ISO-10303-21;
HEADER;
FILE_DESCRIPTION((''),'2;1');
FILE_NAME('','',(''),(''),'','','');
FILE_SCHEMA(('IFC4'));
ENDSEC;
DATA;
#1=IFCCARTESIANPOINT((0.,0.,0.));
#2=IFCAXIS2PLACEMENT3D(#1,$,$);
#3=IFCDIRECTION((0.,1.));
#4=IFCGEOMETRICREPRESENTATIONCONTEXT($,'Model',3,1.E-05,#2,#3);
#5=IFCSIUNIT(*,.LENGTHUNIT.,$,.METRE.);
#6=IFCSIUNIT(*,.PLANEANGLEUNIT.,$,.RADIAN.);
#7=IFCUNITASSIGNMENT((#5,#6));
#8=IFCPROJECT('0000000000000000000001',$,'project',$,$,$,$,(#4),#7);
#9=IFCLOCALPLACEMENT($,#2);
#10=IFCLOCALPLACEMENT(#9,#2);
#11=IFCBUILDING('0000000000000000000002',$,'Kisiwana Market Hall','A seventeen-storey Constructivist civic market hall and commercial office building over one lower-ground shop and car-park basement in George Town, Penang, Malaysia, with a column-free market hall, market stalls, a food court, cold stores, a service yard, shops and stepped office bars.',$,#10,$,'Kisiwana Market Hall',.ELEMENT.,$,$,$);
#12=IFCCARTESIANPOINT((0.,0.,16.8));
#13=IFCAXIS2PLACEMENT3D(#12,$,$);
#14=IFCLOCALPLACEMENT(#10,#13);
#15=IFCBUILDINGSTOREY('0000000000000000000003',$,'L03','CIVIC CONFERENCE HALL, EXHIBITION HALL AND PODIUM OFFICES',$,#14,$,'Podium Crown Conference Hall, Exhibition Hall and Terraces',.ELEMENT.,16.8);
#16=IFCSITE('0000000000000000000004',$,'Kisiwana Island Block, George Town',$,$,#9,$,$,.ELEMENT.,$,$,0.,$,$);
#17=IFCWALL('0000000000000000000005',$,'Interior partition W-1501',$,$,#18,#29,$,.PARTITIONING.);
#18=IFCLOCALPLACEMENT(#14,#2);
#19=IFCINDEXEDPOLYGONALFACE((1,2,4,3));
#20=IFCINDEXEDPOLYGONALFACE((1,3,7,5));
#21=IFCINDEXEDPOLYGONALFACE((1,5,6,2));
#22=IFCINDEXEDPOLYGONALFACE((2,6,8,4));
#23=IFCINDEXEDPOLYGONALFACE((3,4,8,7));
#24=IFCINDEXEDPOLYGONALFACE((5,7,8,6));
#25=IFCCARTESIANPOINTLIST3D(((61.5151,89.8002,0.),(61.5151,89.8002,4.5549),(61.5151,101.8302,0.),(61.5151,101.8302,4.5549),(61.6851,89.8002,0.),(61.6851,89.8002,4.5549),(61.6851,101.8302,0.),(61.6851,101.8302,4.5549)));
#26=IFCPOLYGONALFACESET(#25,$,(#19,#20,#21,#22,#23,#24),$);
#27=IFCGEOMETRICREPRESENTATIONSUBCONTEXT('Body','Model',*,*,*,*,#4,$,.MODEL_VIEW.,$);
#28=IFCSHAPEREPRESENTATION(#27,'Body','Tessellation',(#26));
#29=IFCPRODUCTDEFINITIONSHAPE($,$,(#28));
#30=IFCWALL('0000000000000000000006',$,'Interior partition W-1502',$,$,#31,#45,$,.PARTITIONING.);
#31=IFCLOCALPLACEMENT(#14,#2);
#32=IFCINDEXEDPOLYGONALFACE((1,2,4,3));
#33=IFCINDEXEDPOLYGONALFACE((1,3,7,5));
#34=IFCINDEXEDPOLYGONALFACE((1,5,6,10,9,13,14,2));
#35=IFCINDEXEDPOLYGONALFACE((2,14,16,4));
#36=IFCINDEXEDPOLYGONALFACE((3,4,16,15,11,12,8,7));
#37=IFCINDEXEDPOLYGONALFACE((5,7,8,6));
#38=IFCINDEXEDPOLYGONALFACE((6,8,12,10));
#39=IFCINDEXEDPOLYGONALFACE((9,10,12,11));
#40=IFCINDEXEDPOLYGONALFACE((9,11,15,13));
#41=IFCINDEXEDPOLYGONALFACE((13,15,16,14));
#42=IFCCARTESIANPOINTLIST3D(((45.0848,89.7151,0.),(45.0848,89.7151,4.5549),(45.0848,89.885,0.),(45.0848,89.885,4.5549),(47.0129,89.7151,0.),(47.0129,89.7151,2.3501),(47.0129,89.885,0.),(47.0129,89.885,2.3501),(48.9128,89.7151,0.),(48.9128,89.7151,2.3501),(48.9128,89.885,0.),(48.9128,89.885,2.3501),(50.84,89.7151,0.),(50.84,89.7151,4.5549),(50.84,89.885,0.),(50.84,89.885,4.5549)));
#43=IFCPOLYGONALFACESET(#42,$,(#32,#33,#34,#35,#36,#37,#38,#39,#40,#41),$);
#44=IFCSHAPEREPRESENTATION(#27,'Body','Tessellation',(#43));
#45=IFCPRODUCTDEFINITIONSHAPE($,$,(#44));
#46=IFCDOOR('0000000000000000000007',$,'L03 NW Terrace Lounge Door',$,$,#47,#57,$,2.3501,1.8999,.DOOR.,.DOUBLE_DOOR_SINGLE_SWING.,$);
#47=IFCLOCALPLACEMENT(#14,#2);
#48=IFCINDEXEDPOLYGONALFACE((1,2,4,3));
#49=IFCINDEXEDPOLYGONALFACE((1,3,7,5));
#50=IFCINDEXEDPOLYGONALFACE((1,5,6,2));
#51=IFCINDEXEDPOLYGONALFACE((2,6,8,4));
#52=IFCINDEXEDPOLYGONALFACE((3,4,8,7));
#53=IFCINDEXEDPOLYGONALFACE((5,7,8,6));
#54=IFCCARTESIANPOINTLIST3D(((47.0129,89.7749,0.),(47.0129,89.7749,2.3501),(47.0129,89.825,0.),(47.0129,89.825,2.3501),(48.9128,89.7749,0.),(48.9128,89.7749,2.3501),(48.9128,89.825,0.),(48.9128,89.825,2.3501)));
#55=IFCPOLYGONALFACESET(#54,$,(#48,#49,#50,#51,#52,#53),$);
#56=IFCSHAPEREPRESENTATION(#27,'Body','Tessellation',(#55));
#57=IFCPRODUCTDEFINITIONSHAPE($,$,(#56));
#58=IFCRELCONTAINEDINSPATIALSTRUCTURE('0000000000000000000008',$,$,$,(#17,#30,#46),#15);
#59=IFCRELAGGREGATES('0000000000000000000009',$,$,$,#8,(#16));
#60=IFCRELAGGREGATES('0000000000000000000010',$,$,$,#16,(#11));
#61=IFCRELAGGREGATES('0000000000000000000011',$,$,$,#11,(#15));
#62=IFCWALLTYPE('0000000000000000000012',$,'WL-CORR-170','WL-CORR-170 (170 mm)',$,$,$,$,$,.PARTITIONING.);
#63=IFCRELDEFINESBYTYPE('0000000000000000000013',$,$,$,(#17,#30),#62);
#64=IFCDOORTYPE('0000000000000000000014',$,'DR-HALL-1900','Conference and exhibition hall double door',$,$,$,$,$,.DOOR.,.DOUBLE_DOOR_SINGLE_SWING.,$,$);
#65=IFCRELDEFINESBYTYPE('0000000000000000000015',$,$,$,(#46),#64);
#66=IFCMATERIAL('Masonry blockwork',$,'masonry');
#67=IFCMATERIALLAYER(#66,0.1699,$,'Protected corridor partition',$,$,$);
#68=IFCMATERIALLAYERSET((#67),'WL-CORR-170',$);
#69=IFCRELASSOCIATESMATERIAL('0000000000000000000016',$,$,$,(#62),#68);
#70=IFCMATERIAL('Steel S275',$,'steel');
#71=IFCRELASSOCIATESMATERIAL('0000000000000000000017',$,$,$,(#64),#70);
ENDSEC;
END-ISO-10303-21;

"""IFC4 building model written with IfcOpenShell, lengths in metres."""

from ifc_helpers import new_model, si_unit, direction, frame, frame_2d, origin, place, context, subcontext, project, spatial, rectangle, extrude, material, layer, layer_set, type_object, element, fill, save


model = new_model("IFC4")

# Units and contexts
model_context = context("Model", 3, precision=1e-05, world=origin(), true_north=direction((0.0, 1.0)))
body_context = subcontext(model_context, "Body", "Model", "MODEL_VIEW")
ifc_project = project(units=[si_unit("LENGTHUNIT", "METRE"), si_unit("PLANEANGLEUNIT", "RADIAN")], contexts=[model_context])

# Site, building, storey
site_placement = place(None, origin())
site = spatial("IfcSite", under=ifc_project, at=site_placement, Name="Kisiwana Island Block, George Town", CompositionType="ELEMENT", RefElevation=0.0)
building_placement = place(site_placement, origin())
building = spatial("IfcBuilding", under=site, at=building_placement, Name="Kisiwana Market Hall", Description="A seventeen-storey Constructivist civic market hall and commercial office building over one lower-ground shop and car-park basement in George Town, Penang, Malaysia, with a column-free market hall, market stalls, a food court, cold stores, a service yard, shops and stepped office bars.", LongName="Kisiwana Market Hall", CompositionType="ELEMENT")
storey_placement = place(building_placement, frame((0.0, 0.0, 16.8)))
storey = spatial("IfcBuildingStorey", under=building, at=storey_placement, Name="L03", Description="CIVIC CONFERENCE HALL, EXHIBITION HALL AND PODIUM OFFICES", LongName="Podium Crown Conference Hall, Exhibition Hall and Terraces", CompositionType="ELEMENT", Elevation=16.8)

# Shared definitions
ifc_material_1 = material(Name="Masonry blockwork", Category="masonry")
ifc_layer_1 = layer(ifc_material_1, 0.1699, Name="Protected corridor partition")
ifc_layer_set_1 = layer_set([ifc_layer_1], Name="WL-CORR-170")
wall_type_1 = type_object("IfcWallType", Name="WL-CORR-170", Description="WL-CORR-170 (170 mm)", PredefinedType="PARTITIONING", material=ifc_layer_set_1)

# Wall
wall_1_placement = place(storey_placement, frame((61.6001, 89.8, 0.0), z_axis=(0.0, 0.0, 1.0), x_axis=(0.0, 1.0, 0.0)))
element("IfcWall", 1, at=wall_1_placement, inside=storey, type_object=wall_type_1, Name="Interior partition W-1501", PredefinedType="PARTITIONING", context=body_context, shape_type="SweptSolid", body=[
    extrude(rectangle(XDim=12.03, YDim=0.1699, at=frame_2d((6.0151, 0.0))), origin(), (0.0, 0.0, 1.0), 4.5549),
])

# Wall, opening, door
wall_2_placement = place(storey_placement, frame((45.085, 89.8, 0.0), z_axis=(0.0, 0.0, 1.0), x_axis=(1.0, 0.0, 0.0)))
wall_2 = element("IfcWall", 2, at=wall_2_placement, inside=storey, type_object=wall_type_1, Name="Interior partition W-1502", PredefinedType="PARTITIONING", context=body_context, shape_type="SweptSolid", body=[
    extrude(rectangle(XDim=5.7551, YDim=0.1699, at=frame_2d((2.8774, 0.0))), origin(), (0.0, 0.0, 1.0), 4.5549),
])
opening_1_placement = place(wall_2_placement, frame((1.928, 0.0, 0.0)))
opening_1 = element("IfcOpeningElement", 3, at=opening_1_placement, cuts=wall_2, PredefinedType="OPENING", context=body_context, shape_type="SweptSolid", body=[
    extrude(rectangle(XDim=1.8999, YDim=2.3501, at=frame_2d((0.95, 1.175))), frame((0.0, 0.0969, 0.0), z_axis=(0.0, -1.0, 0.0), x_axis=(1.0, 0.0, 0.0)), (0.0, 0.0, 1.0), 0.1938),
])
ifc_material_2 = material(Name="Steel S275", Category="steel")
door_type_1 = type_object("IfcDoorType", Name="DR-HALL-1900", Description="Conference and exhibition hall double door", OperationType="DOUBLE_DOOR_SINGLE_SWING", PredefinedType="DOOR", material=ifc_material_2)
door_1_placement = place(opening_1_placement, origin())
door_1 = element("IfcDoor", 4, at=door_1_placement, inside=storey, type_object=door_type_1, Name="L03 NW Terrace Lounge Door", OperationType="DOUBLE_DOOR_SINGLE_SWING", OverallHeight=2.3501, OverallWidth=1.8999, PredefinedType="DOOR", context=body_context, shape_type="SweptSolid", body=[
    extrude(rectangle(XDim=1.8999, YDim=2.3501, at=frame_2d((0.95, 1.175))), frame((0.0, 0.0249, 0.0), z_axis=(0.0, -1.0, 0.0), x_axis=(1.0, 0.0, 0.0)), (0.0, 0.0, 1.0), 0.05),
])
fill(opening_1, door_1)

save(model, "model.ifc")
